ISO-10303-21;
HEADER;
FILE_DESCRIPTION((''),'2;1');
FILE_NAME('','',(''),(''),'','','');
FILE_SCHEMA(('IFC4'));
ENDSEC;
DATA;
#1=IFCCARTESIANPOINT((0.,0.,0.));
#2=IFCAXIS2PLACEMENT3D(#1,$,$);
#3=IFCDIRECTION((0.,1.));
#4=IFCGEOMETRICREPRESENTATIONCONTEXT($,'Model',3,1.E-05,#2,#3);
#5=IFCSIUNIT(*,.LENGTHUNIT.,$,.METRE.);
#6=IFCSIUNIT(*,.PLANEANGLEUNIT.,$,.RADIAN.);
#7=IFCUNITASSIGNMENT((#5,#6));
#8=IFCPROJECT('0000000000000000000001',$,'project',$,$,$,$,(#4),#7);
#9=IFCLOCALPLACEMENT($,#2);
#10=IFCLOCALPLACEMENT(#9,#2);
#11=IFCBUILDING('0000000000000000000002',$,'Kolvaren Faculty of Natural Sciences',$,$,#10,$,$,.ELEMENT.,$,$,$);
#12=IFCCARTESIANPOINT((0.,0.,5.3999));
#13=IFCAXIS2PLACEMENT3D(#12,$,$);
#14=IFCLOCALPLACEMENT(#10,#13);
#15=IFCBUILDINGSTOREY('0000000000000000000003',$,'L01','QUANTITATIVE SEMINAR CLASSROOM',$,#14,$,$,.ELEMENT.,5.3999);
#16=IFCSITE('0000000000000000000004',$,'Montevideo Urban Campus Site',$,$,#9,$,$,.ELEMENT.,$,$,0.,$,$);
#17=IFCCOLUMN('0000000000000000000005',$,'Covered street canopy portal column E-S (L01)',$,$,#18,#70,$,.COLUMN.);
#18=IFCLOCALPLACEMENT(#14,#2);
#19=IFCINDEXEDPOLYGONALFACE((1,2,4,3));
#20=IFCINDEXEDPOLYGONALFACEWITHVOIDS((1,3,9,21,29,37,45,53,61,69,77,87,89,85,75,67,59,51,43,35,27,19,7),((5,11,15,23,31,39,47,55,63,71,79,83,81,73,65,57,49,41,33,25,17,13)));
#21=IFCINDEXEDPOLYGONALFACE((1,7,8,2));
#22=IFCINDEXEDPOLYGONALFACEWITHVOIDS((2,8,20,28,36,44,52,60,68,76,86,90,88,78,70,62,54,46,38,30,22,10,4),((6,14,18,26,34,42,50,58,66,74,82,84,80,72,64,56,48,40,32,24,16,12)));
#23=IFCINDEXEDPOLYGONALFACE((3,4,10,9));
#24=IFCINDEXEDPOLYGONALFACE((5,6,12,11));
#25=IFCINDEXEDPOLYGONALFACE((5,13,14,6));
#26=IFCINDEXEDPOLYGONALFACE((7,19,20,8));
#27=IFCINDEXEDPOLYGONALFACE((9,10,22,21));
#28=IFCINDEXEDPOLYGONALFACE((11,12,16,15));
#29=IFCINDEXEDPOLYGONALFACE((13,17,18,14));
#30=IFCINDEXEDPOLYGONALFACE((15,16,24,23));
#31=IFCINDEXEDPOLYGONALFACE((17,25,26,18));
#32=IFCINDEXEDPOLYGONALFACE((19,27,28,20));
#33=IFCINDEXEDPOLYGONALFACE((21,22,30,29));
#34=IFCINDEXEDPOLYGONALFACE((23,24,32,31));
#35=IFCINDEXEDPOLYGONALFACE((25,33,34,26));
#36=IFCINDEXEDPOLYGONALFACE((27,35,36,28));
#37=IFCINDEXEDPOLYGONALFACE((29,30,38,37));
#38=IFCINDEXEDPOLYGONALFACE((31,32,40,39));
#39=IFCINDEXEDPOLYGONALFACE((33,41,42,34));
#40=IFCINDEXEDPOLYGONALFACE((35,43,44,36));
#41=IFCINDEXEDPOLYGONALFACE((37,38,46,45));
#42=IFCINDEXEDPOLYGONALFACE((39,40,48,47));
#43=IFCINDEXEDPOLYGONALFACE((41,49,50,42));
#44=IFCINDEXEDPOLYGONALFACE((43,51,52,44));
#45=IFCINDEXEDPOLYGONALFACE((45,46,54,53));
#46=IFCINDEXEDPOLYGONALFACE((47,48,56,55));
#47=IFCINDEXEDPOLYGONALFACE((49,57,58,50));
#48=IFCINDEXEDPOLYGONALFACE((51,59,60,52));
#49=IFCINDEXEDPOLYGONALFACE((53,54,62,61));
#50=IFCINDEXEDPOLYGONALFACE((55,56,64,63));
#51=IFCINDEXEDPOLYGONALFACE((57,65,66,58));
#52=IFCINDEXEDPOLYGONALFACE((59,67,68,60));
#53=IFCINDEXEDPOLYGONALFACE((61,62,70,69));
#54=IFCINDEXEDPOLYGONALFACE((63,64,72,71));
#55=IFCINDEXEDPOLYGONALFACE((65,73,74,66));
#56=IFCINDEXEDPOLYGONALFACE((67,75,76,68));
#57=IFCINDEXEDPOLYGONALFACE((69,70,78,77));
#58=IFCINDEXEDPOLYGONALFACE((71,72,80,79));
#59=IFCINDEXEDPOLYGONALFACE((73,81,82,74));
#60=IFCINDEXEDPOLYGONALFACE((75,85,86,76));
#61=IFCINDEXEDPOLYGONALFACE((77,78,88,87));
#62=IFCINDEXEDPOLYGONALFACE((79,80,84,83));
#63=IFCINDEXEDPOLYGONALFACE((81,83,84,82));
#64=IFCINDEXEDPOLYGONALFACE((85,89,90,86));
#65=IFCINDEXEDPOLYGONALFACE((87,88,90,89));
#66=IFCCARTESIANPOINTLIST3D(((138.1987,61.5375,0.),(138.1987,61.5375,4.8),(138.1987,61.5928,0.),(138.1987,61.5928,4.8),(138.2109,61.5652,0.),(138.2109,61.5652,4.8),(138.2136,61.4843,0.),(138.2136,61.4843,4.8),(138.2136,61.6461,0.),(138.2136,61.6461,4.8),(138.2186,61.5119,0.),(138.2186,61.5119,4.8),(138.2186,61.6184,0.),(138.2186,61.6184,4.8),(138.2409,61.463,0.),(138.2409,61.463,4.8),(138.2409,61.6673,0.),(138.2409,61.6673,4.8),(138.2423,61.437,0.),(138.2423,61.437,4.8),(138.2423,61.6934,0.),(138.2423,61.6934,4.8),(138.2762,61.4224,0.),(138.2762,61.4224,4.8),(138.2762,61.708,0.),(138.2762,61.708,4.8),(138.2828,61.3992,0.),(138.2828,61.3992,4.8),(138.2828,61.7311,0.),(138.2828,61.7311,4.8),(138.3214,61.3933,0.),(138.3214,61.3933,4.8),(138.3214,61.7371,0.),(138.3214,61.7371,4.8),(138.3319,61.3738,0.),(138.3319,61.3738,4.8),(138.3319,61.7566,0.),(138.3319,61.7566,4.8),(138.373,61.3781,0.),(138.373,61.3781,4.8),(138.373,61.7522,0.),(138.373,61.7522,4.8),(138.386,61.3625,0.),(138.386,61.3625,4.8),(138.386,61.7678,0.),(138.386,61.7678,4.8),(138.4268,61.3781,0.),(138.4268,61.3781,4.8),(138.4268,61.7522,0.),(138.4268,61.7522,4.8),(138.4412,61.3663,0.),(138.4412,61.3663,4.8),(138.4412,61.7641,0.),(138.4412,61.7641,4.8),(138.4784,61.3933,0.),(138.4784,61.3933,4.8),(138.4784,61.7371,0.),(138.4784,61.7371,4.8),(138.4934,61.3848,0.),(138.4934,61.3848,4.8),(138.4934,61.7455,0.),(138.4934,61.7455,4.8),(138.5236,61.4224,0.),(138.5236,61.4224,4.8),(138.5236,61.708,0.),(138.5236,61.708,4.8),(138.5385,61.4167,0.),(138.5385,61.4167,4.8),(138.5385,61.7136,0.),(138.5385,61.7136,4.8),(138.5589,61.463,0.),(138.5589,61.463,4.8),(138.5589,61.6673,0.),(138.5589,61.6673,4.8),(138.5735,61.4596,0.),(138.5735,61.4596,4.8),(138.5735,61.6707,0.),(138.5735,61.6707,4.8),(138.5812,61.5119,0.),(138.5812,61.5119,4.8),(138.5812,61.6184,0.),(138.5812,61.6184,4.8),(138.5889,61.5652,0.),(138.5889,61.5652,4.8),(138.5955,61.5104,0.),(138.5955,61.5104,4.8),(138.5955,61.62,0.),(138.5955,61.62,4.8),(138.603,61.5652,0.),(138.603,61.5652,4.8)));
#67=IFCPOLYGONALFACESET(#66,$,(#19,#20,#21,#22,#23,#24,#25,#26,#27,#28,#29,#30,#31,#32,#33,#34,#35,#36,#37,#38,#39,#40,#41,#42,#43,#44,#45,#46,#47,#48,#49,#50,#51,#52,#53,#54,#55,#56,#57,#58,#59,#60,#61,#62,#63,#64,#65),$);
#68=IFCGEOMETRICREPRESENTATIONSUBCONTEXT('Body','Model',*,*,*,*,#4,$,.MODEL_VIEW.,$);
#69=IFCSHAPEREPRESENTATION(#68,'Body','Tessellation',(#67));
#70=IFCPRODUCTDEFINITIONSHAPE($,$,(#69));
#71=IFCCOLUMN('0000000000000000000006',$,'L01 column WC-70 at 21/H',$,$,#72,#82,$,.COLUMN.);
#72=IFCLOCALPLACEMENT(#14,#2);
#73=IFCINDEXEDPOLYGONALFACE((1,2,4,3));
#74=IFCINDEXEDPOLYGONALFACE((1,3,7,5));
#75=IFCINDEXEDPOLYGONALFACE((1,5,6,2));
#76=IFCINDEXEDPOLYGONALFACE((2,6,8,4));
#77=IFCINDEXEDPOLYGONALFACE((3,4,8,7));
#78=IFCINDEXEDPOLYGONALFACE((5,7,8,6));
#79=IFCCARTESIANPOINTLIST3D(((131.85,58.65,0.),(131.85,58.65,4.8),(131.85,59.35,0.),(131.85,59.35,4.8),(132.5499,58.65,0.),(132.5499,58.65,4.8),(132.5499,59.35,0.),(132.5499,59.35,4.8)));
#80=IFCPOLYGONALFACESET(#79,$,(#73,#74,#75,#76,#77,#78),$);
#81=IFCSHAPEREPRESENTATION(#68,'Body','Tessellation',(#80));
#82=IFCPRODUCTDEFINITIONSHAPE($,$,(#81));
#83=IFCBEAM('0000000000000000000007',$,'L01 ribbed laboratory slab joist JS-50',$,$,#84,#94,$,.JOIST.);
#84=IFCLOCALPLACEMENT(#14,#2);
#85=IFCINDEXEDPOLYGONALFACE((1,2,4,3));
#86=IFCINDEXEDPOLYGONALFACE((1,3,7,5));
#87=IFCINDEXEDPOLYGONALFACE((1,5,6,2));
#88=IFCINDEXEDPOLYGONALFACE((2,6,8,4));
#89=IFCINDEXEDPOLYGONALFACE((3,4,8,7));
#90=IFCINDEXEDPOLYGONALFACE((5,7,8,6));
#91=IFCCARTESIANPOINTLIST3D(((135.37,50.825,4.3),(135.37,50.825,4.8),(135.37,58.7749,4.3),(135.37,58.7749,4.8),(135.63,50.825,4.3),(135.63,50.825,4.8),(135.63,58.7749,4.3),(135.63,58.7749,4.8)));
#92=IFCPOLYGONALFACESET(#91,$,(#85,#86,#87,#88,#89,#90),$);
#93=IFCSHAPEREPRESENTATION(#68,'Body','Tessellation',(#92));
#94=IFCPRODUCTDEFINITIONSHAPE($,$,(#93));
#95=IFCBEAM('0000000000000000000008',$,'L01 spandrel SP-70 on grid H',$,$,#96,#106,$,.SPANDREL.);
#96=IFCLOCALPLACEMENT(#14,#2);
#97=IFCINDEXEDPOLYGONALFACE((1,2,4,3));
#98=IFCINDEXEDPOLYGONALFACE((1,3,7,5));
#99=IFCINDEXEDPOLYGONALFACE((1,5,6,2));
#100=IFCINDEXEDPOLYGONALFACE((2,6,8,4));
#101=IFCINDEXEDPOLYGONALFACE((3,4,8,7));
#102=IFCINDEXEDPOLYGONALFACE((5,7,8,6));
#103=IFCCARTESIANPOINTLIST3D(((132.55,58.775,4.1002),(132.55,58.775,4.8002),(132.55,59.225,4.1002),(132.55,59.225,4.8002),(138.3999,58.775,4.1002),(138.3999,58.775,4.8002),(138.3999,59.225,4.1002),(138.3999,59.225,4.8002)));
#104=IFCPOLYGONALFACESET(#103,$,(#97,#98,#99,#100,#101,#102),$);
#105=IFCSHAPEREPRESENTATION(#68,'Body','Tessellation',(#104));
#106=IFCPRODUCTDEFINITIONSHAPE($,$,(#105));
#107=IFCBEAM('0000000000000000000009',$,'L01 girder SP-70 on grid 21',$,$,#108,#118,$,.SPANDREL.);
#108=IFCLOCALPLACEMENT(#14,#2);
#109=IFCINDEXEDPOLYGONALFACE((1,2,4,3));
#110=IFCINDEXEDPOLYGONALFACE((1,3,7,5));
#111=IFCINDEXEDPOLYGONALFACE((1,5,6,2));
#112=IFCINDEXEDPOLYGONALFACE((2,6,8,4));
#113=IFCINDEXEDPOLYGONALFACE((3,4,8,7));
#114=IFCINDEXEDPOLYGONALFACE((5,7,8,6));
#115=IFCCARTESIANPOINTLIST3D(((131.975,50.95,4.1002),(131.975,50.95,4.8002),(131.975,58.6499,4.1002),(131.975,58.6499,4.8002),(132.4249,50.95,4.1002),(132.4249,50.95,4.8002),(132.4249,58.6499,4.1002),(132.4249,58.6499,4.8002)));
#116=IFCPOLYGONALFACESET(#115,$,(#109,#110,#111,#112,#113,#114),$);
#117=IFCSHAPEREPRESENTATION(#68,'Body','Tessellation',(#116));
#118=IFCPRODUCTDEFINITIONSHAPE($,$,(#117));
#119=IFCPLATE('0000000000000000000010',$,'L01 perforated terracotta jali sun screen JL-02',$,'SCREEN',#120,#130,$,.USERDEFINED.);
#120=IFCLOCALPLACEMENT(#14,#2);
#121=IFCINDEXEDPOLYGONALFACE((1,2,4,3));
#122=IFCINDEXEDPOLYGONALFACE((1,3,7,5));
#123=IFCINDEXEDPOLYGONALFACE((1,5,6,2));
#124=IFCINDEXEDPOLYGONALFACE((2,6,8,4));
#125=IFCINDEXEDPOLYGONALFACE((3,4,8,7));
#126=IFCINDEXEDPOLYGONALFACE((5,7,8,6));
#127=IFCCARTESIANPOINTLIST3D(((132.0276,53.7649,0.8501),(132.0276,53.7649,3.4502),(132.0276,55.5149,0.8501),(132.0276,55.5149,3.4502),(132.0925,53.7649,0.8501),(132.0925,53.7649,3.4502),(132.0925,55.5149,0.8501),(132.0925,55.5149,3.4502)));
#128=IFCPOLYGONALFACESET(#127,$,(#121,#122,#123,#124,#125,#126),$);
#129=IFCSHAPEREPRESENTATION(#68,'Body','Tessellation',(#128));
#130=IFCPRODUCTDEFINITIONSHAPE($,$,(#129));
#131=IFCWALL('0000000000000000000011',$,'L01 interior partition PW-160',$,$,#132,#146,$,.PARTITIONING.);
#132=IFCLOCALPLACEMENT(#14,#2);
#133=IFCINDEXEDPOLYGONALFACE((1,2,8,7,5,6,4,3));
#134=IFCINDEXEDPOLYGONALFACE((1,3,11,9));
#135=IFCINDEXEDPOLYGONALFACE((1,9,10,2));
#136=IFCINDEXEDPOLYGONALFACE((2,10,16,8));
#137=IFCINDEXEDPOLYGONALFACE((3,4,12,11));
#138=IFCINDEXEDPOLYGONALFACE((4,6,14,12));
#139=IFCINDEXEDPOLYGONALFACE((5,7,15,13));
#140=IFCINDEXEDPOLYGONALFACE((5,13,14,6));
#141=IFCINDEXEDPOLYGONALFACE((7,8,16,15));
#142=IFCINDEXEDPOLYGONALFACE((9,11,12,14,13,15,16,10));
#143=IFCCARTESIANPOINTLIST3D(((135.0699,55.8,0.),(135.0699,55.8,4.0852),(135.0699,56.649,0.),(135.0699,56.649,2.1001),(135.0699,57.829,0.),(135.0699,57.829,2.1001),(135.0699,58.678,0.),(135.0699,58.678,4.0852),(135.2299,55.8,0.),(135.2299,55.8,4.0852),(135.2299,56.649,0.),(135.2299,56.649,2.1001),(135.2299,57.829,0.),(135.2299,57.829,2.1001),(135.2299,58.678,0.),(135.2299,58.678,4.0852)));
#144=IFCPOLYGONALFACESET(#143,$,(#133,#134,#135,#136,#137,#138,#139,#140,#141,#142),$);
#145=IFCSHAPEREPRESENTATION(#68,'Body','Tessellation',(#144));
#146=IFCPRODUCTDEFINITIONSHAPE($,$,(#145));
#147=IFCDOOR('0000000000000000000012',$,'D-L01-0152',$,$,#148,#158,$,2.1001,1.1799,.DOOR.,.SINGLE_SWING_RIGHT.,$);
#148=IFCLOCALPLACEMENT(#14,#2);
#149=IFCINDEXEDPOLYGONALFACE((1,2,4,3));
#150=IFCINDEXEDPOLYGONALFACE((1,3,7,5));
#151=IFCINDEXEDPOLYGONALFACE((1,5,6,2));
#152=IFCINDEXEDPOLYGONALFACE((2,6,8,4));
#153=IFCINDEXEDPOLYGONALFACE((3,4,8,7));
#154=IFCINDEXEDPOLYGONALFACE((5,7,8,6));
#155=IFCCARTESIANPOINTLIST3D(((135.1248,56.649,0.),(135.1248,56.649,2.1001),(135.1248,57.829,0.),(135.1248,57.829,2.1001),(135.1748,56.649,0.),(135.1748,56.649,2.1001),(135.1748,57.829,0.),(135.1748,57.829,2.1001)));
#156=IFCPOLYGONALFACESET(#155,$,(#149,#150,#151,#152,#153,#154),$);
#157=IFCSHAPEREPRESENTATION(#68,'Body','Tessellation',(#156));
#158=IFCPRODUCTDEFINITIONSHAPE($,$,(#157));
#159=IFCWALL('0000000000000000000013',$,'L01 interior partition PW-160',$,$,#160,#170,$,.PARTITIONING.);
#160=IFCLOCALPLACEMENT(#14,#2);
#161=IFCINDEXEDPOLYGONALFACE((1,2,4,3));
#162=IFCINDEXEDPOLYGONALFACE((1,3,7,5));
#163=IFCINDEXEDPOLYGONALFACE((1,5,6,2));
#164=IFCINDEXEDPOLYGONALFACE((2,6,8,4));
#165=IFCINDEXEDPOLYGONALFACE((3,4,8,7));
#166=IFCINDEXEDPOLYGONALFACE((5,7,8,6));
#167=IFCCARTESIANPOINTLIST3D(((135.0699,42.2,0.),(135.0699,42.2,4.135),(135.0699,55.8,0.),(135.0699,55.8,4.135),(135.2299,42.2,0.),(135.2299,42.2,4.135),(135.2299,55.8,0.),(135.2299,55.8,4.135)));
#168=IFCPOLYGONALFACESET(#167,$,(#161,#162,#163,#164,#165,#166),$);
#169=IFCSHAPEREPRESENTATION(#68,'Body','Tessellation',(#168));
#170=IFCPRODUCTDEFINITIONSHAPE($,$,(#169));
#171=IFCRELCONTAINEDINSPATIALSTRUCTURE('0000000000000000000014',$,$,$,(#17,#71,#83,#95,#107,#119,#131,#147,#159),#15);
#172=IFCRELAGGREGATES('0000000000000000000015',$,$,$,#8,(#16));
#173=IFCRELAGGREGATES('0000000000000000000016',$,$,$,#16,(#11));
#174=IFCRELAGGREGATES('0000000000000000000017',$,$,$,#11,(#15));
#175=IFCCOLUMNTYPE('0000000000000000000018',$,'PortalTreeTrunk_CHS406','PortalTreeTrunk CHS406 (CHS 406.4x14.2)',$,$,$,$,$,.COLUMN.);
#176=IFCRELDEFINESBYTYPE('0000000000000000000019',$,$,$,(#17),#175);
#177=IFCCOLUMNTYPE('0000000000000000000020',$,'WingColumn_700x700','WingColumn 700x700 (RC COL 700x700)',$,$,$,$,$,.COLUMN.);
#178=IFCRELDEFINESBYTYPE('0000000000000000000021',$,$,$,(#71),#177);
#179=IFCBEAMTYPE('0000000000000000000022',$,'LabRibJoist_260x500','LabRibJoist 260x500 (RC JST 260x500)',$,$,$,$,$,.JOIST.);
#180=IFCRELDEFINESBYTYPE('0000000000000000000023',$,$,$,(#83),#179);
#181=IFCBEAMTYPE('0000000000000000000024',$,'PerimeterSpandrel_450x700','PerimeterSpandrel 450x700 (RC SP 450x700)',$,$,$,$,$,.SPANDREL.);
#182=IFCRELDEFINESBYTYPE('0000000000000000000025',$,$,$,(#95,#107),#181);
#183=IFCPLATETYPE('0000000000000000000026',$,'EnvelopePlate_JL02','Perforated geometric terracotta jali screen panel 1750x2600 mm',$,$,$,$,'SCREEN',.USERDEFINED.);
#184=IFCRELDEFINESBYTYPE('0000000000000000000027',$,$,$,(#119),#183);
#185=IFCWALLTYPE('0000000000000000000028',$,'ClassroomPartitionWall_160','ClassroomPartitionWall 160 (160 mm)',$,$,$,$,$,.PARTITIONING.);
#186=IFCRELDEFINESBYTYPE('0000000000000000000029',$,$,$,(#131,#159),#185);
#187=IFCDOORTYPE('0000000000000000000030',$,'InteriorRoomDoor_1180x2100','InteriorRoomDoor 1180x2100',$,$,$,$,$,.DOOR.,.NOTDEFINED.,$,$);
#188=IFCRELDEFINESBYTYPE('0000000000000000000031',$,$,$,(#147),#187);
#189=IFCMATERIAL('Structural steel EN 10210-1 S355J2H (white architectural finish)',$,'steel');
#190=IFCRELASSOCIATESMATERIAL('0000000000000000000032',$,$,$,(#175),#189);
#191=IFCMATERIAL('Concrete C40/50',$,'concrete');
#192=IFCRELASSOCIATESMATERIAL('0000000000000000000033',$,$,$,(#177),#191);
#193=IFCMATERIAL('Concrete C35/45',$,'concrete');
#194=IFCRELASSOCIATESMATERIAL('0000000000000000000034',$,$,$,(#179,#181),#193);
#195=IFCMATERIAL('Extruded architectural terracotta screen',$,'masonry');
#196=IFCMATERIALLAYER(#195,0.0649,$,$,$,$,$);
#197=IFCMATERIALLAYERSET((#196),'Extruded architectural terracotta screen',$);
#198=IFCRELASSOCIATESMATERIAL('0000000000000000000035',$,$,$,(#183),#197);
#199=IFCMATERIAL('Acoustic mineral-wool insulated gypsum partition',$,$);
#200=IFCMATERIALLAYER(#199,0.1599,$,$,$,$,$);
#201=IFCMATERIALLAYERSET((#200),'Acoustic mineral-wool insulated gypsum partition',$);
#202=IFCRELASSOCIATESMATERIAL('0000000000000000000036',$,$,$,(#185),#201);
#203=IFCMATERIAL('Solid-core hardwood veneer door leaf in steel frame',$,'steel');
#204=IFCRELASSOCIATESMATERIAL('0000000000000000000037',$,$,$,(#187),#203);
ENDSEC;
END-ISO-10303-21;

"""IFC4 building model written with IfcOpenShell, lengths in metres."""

from ifc_helpers import new_model, si_unit, direction, frame, frame_2d, origin, origin_2d, place, context, subcontext, project, spatial, rectangle, hollow_circle, extrude, material, layer, layer_set, material_profile, profile_set, type_object, element, fill, save


model = new_model("IFC4")

# Units and contexts
model_context = context("Model", 3, precision=1e-05, world=origin(), true_north=direction((0.0, 1.0)))
body_context = subcontext(model_context, "Body", "Model", "MODEL_VIEW")
ifc_project = project(units=[si_unit("LENGTHUNIT", "METRE"), si_unit("PLANEANGLEUNIT", "RADIAN")], contexts=[model_context])

# Site, building, storey
site_placement = place(None, origin())
site = spatial("IfcSite", under=ifc_project, at=site_placement, Name="Montevideo Urban Campus Site", CompositionType="ELEMENT", RefElevation=0.0)
building_placement = place(site_placement, origin())
building = spatial("IfcBuilding", under=site, at=building_placement, Name="Kolvaren Faculty of Natural Sciences", CompositionType="ELEMENT")
storey_placement = place(building_placement, frame((0.0, 0.0, 5.3999)))
storey = spatial("IfcBuildingStorey", under=building, at=storey_placement, Name="L01", Description="QUANTITATIVE SEMINAR CLASSROOM", CompositionType="ELEMENT", Elevation=5.3999)

# Columns
ifc_material_1 = material(Name="Structural steel EN 10210-1 S355J2H (white architectural finish)", Category="steel")
ifc_material_profile_1 = material_profile(ifc_material_1, hollow_circle(Radius=0.2031, WallThickness=0.0142, at=origin_2d()), Name="CHS 406.4x14.2")
ifc_profile_set_1 = profile_set([ifc_material_profile_1], Name="Structural steel EN 10210-1 S355J2H (white architectural finish)")
column_type_1 = type_object("IfcColumnType", Name="PortalTreeTrunk_CHS406", Description="PortalTreeTrunk CHS406 (CHS 406.4x14.2)", PredefinedType="COLUMN", material=ifc_profile_set_1)
column_1_placement = place(storey_placement, frame((138.3999, 61.5652, 0.0), z_axis=(0.0, 0.0, 1.0), x_axis=(1.0, 0.0, 0.0)))
element("IfcColumn", 1, at=column_1_placement, inside=storey, type_object=column_type_1, Name="Covered street canopy portal column E-S (L01)", PredefinedType="COLUMN", context=body_context, shape_type="SweptSolid", body=[
    extrude(hollow_circle(Radius=0.2031, WallThickness=0.0142, at=origin_2d()), origin(), (0.0, 0.0, 1.0), 4.8),
])
ifc_material_2 = material(Name="Concrete C40/50", Category="concrete")
ifc_material_profile_2 = material_profile(ifc_material_2, rectangle(XDim=0.7, YDim=0.7, at=origin_2d()), Name="RC COL 700x700")
ifc_profile_set_2 = profile_set([ifc_material_profile_2], Name="Concrete C40/50")
column_type_2 = type_object("IfcColumnType", Name="WingColumn_700x700", Description="WingColumn 700x700 (RC COL 700x700)", PredefinedType="COLUMN", material=ifc_profile_set_2)
column_2_placement = place(storey_placement, frame((132.2, 59.0, 0.0), z_axis=(0.0, 0.0, 1.0), x_axis=(1.0, 0.0, 0.0)))
element("IfcColumn", 2, at=column_2_placement, inside=storey, type_object=column_type_2, Name="L01 column WC-70 at 21/H", PredefinedType="COLUMN", context=body_context, shape_type="SweptSolid", body=[
    extrude(rectangle(XDim=0.7, YDim=0.7, at=origin_2d()), origin(), (0.0, 0.0, 1.0), 4.8),
])

# Beams
ifc_material_3 = material(Name="Concrete C35/45", Category="concrete")
ifc_material_profile_3 = material_profile(ifc_material_3, rectangle(XDim=0.26, YDim=0.5, at=origin_2d()), Name="RC JST 260x500")
ifc_profile_set_3 = profile_set([ifc_material_profile_3], Name="Concrete C35/45")
beam_type_1 = type_object("IfcBeamType", Name="LabRibJoist_260x500", Description="LabRibJoist 260x500 (RC JST 260x500)", PredefinedType="JOIST", material=ifc_profile_set_3)
beam_1_placement = place(storey_placement, frame((135.5, 50.825, 4.55), z_axis=(0.0, 1.0, 0.0), x_axis=(-1.0, 0.0, 0.0)))
element("IfcBeam", 3, at=beam_1_placement, inside=storey, type_object=beam_type_1, Name="L01 ribbed laboratory slab joist JS-50", PredefinedType="JOIST", context=body_context, shape_type="SweptSolid", body=[
    extrude(rectangle(XDim=0.26, YDim=0.5, at=origin_2d()), origin(), (0.0, 0.0, 1.0), 7.95),
])
ifc_material_profile_4 = material_profile(ifc_material_3, rectangle(XDim=0.45, YDim=0.7, at=origin_2d()), Name="RC SP 450x700")
ifc_profile_set_4 = profile_set([ifc_material_profile_4], Name="Concrete C35/45")
beam_type_2 = type_object("IfcBeamType", Name="PerimeterSpandrel_450x700", Description="PerimeterSpandrel 450x700 (RC SP 450x700)", PredefinedType="SPANDREL", material=ifc_profile_set_4)
beam_2_placement = place(storey_placement, frame((132.55, 59.0, 4.4502), z_axis=(1.0, 0.0, 0.0), x_axis=(0.0, 1.0, 0.0)))
element("IfcBeam", 4, at=beam_2_placement, inside=storey, type_object=beam_type_2, Name="L01 spandrel SP-70 on grid H", PredefinedType="SPANDREL", context=body_context, shape_type="SweptSolid", body=[
    extrude(rectangle(XDim=0.45, YDim=0.7, at=origin_2d()), origin(), (0.0, 0.0, 1.0), 5.8499),
])
beam_3_placement = place(storey_placement, frame((132.2, 50.95, 4.4502), z_axis=(0.0, 1.0, 0.0), x_axis=(-1.0, 0.0, 0.0)))
element("IfcBeam", 5, at=beam_3_placement, inside=storey, type_object=beam_type_2, Name="L01 girder SP-70 on grid 21", PredefinedType="SPANDREL", context=body_context, shape_type="SweptSolid", body=[
    extrude(rectangle(XDim=0.45, YDim=0.7, at=origin_2d()), origin(), (0.0, 0.0, 1.0), 7.7),
])

# Plate
ifc_material_4 = material(Name="Extruded architectural terracotta screen", Category="masonry")
ifc_layer_1 = layer(ifc_material_4, 0.0649)
ifc_layer_set_1 = layer_set([ifc_layer_1], Name="Extruded architectural terracotta screen")
plate_type = type_object("IfcPlateType", Name="EnvelopePlate_JL02", Description="Perforated geometric terracotta jali screen panel 1750x2600 mm", ElementType="SCREEN", PredefinedType="USERDEFINED", material=ifc_layer_set_1)
plate_placement = place(storey_placement, frame((132.0601, 54.6399, 0.8501), z_axis=(0.0, 0.0, 1.0), x_axis=(0.0, 1.0, 0.0)))
element("IfcPlate", 6, at=plate_placement, inside=storey, type_object=plate_type, Name="L01 perforated terracotta jali sun screen JL-02", ObjectType="SCREEN", PredefinedType="USERDEFINED", context=body_context, shape_type="SweptSolid", body=[
    extrude(rectangle(XDim=1.75, YDim=0.0649, at=origin_2d()), origin(), (0.0, 0.0, 1.0), 2.6001),
])

# Wall, opening, door
ifc_material_5 = material(Name="Acoustic mineral-wool insulated gypsum partition")
ifc_layer_2 = layer(ifc_material_5, 0.1599)
ifc_layer_set_2 = layer_set([ifc_layer_2], Name="Acoustic mineral-wool insulated gypsum partition")
wall_type_1 = type_object("IfcWallType", Name="ClassroomPartitionWall_160", Description="ClassroomPartitionWall 160 (160 mm)", PredefinedType="PARTITIONING", material=ifc_layer_set_2)
wall_1_placement = place(storey_placement, frame((135.1499, 58.678, 0.0), z_axis=(0.0, 0.0, 1.0), x_axis=(0.0, -1.0, 0.0)))
wall_1 = element("IfcWall", 7, at=wall_1_placement, inside=storey, type_object=wall_type_1, Name="L01 interior partition PW-160", PredefinedType="PARTITIONING", context=body_context, shape_type="SweptSolid", body=[
    extrude(rectangle(XDim=2.8779, YDim=0.1599, at=frame_2d((1.439, 0.0))), origin(), (0.0, 0.0, 1.0), 4.0852),
])
opening_1_placement = place(wall_1_placement, frame((0.8491, 0.0, 0.0)))
opening_1 = element("IfcOpeningElement", 8, at=opening_1_placement, cuts=wall_1, PredefinedType="OPENING", context=body_context, shape_type="SweptSolid", body=[
    extrude(rectangle(XDim=1.1799, YDim=2.1001, at=frame_2d((0.5898, 1.05))), frame((0.0, 0.0898, 0.0), z_axis=(0.0, -1.0, 0.0), x_axis=(1.0, 0.0, 0.0)), (0.0, 0.0, 1.0), 0.1799),
])
ifc_material_6 = material(Name="Solid-core hardwood veneer door leaf in steel frame", Category="steel")
door_type = type_object("IfcDoorType", Name="InteriorRoomDoor_1180x2100", Description="InteriorRoomDoor 1180x2100", OperationType="NOTDEFINED", PredefinedType="DOOR", material=ifc_material_6)
door_placement = place(opening_1_placement, origin())
door = element("IfcDoor", 9, at=door_placement, inside=storey, type_object=door_type, Name="D-L01-0152", OperationType="SINGLE_SWING_RIGHT", OverallHeight=2.1001, OverallWidth=1.1799, PredefinedType="DOOR", context=body_context, shape_type="SweptSolid", body=[
    extrude(rectangle(XDim=1.1799, YDim=2.1001, at=frame_2d((0.5898, 1.05))), frame((0.0, 0.0249, 0.0), z_axis=(0.0, -1.0, 0.0), x_axis=(1.0, 0.0, 0.0)), (0.0, 0.0, 1.0), 0.05),
])
fill(opening_1, door)

# Wall
wall_2_placement = place(storey_placement, frame((135.1499, 55.8, 0.0), z_axis=(0.0, 0.0, 1.0), x_axis=(0.0, -1.0, 0.0)))
element("IfcWall", 10, at=wall_2_placement, inside=storey, type_object=wall_type_1, Name="L01 interior partition PW-160", PredefinedType="PARTITIONING", context=body_context, shape_type="SweptSolid", body=[
    extrude(rectangle(XDim=13.6001, YDim=0.1599, at=frame_2d((6.8, 0.0))), origin(), (0.0, 0.0, 1.0), 4.135),
])

save(model, "model.ifc")
